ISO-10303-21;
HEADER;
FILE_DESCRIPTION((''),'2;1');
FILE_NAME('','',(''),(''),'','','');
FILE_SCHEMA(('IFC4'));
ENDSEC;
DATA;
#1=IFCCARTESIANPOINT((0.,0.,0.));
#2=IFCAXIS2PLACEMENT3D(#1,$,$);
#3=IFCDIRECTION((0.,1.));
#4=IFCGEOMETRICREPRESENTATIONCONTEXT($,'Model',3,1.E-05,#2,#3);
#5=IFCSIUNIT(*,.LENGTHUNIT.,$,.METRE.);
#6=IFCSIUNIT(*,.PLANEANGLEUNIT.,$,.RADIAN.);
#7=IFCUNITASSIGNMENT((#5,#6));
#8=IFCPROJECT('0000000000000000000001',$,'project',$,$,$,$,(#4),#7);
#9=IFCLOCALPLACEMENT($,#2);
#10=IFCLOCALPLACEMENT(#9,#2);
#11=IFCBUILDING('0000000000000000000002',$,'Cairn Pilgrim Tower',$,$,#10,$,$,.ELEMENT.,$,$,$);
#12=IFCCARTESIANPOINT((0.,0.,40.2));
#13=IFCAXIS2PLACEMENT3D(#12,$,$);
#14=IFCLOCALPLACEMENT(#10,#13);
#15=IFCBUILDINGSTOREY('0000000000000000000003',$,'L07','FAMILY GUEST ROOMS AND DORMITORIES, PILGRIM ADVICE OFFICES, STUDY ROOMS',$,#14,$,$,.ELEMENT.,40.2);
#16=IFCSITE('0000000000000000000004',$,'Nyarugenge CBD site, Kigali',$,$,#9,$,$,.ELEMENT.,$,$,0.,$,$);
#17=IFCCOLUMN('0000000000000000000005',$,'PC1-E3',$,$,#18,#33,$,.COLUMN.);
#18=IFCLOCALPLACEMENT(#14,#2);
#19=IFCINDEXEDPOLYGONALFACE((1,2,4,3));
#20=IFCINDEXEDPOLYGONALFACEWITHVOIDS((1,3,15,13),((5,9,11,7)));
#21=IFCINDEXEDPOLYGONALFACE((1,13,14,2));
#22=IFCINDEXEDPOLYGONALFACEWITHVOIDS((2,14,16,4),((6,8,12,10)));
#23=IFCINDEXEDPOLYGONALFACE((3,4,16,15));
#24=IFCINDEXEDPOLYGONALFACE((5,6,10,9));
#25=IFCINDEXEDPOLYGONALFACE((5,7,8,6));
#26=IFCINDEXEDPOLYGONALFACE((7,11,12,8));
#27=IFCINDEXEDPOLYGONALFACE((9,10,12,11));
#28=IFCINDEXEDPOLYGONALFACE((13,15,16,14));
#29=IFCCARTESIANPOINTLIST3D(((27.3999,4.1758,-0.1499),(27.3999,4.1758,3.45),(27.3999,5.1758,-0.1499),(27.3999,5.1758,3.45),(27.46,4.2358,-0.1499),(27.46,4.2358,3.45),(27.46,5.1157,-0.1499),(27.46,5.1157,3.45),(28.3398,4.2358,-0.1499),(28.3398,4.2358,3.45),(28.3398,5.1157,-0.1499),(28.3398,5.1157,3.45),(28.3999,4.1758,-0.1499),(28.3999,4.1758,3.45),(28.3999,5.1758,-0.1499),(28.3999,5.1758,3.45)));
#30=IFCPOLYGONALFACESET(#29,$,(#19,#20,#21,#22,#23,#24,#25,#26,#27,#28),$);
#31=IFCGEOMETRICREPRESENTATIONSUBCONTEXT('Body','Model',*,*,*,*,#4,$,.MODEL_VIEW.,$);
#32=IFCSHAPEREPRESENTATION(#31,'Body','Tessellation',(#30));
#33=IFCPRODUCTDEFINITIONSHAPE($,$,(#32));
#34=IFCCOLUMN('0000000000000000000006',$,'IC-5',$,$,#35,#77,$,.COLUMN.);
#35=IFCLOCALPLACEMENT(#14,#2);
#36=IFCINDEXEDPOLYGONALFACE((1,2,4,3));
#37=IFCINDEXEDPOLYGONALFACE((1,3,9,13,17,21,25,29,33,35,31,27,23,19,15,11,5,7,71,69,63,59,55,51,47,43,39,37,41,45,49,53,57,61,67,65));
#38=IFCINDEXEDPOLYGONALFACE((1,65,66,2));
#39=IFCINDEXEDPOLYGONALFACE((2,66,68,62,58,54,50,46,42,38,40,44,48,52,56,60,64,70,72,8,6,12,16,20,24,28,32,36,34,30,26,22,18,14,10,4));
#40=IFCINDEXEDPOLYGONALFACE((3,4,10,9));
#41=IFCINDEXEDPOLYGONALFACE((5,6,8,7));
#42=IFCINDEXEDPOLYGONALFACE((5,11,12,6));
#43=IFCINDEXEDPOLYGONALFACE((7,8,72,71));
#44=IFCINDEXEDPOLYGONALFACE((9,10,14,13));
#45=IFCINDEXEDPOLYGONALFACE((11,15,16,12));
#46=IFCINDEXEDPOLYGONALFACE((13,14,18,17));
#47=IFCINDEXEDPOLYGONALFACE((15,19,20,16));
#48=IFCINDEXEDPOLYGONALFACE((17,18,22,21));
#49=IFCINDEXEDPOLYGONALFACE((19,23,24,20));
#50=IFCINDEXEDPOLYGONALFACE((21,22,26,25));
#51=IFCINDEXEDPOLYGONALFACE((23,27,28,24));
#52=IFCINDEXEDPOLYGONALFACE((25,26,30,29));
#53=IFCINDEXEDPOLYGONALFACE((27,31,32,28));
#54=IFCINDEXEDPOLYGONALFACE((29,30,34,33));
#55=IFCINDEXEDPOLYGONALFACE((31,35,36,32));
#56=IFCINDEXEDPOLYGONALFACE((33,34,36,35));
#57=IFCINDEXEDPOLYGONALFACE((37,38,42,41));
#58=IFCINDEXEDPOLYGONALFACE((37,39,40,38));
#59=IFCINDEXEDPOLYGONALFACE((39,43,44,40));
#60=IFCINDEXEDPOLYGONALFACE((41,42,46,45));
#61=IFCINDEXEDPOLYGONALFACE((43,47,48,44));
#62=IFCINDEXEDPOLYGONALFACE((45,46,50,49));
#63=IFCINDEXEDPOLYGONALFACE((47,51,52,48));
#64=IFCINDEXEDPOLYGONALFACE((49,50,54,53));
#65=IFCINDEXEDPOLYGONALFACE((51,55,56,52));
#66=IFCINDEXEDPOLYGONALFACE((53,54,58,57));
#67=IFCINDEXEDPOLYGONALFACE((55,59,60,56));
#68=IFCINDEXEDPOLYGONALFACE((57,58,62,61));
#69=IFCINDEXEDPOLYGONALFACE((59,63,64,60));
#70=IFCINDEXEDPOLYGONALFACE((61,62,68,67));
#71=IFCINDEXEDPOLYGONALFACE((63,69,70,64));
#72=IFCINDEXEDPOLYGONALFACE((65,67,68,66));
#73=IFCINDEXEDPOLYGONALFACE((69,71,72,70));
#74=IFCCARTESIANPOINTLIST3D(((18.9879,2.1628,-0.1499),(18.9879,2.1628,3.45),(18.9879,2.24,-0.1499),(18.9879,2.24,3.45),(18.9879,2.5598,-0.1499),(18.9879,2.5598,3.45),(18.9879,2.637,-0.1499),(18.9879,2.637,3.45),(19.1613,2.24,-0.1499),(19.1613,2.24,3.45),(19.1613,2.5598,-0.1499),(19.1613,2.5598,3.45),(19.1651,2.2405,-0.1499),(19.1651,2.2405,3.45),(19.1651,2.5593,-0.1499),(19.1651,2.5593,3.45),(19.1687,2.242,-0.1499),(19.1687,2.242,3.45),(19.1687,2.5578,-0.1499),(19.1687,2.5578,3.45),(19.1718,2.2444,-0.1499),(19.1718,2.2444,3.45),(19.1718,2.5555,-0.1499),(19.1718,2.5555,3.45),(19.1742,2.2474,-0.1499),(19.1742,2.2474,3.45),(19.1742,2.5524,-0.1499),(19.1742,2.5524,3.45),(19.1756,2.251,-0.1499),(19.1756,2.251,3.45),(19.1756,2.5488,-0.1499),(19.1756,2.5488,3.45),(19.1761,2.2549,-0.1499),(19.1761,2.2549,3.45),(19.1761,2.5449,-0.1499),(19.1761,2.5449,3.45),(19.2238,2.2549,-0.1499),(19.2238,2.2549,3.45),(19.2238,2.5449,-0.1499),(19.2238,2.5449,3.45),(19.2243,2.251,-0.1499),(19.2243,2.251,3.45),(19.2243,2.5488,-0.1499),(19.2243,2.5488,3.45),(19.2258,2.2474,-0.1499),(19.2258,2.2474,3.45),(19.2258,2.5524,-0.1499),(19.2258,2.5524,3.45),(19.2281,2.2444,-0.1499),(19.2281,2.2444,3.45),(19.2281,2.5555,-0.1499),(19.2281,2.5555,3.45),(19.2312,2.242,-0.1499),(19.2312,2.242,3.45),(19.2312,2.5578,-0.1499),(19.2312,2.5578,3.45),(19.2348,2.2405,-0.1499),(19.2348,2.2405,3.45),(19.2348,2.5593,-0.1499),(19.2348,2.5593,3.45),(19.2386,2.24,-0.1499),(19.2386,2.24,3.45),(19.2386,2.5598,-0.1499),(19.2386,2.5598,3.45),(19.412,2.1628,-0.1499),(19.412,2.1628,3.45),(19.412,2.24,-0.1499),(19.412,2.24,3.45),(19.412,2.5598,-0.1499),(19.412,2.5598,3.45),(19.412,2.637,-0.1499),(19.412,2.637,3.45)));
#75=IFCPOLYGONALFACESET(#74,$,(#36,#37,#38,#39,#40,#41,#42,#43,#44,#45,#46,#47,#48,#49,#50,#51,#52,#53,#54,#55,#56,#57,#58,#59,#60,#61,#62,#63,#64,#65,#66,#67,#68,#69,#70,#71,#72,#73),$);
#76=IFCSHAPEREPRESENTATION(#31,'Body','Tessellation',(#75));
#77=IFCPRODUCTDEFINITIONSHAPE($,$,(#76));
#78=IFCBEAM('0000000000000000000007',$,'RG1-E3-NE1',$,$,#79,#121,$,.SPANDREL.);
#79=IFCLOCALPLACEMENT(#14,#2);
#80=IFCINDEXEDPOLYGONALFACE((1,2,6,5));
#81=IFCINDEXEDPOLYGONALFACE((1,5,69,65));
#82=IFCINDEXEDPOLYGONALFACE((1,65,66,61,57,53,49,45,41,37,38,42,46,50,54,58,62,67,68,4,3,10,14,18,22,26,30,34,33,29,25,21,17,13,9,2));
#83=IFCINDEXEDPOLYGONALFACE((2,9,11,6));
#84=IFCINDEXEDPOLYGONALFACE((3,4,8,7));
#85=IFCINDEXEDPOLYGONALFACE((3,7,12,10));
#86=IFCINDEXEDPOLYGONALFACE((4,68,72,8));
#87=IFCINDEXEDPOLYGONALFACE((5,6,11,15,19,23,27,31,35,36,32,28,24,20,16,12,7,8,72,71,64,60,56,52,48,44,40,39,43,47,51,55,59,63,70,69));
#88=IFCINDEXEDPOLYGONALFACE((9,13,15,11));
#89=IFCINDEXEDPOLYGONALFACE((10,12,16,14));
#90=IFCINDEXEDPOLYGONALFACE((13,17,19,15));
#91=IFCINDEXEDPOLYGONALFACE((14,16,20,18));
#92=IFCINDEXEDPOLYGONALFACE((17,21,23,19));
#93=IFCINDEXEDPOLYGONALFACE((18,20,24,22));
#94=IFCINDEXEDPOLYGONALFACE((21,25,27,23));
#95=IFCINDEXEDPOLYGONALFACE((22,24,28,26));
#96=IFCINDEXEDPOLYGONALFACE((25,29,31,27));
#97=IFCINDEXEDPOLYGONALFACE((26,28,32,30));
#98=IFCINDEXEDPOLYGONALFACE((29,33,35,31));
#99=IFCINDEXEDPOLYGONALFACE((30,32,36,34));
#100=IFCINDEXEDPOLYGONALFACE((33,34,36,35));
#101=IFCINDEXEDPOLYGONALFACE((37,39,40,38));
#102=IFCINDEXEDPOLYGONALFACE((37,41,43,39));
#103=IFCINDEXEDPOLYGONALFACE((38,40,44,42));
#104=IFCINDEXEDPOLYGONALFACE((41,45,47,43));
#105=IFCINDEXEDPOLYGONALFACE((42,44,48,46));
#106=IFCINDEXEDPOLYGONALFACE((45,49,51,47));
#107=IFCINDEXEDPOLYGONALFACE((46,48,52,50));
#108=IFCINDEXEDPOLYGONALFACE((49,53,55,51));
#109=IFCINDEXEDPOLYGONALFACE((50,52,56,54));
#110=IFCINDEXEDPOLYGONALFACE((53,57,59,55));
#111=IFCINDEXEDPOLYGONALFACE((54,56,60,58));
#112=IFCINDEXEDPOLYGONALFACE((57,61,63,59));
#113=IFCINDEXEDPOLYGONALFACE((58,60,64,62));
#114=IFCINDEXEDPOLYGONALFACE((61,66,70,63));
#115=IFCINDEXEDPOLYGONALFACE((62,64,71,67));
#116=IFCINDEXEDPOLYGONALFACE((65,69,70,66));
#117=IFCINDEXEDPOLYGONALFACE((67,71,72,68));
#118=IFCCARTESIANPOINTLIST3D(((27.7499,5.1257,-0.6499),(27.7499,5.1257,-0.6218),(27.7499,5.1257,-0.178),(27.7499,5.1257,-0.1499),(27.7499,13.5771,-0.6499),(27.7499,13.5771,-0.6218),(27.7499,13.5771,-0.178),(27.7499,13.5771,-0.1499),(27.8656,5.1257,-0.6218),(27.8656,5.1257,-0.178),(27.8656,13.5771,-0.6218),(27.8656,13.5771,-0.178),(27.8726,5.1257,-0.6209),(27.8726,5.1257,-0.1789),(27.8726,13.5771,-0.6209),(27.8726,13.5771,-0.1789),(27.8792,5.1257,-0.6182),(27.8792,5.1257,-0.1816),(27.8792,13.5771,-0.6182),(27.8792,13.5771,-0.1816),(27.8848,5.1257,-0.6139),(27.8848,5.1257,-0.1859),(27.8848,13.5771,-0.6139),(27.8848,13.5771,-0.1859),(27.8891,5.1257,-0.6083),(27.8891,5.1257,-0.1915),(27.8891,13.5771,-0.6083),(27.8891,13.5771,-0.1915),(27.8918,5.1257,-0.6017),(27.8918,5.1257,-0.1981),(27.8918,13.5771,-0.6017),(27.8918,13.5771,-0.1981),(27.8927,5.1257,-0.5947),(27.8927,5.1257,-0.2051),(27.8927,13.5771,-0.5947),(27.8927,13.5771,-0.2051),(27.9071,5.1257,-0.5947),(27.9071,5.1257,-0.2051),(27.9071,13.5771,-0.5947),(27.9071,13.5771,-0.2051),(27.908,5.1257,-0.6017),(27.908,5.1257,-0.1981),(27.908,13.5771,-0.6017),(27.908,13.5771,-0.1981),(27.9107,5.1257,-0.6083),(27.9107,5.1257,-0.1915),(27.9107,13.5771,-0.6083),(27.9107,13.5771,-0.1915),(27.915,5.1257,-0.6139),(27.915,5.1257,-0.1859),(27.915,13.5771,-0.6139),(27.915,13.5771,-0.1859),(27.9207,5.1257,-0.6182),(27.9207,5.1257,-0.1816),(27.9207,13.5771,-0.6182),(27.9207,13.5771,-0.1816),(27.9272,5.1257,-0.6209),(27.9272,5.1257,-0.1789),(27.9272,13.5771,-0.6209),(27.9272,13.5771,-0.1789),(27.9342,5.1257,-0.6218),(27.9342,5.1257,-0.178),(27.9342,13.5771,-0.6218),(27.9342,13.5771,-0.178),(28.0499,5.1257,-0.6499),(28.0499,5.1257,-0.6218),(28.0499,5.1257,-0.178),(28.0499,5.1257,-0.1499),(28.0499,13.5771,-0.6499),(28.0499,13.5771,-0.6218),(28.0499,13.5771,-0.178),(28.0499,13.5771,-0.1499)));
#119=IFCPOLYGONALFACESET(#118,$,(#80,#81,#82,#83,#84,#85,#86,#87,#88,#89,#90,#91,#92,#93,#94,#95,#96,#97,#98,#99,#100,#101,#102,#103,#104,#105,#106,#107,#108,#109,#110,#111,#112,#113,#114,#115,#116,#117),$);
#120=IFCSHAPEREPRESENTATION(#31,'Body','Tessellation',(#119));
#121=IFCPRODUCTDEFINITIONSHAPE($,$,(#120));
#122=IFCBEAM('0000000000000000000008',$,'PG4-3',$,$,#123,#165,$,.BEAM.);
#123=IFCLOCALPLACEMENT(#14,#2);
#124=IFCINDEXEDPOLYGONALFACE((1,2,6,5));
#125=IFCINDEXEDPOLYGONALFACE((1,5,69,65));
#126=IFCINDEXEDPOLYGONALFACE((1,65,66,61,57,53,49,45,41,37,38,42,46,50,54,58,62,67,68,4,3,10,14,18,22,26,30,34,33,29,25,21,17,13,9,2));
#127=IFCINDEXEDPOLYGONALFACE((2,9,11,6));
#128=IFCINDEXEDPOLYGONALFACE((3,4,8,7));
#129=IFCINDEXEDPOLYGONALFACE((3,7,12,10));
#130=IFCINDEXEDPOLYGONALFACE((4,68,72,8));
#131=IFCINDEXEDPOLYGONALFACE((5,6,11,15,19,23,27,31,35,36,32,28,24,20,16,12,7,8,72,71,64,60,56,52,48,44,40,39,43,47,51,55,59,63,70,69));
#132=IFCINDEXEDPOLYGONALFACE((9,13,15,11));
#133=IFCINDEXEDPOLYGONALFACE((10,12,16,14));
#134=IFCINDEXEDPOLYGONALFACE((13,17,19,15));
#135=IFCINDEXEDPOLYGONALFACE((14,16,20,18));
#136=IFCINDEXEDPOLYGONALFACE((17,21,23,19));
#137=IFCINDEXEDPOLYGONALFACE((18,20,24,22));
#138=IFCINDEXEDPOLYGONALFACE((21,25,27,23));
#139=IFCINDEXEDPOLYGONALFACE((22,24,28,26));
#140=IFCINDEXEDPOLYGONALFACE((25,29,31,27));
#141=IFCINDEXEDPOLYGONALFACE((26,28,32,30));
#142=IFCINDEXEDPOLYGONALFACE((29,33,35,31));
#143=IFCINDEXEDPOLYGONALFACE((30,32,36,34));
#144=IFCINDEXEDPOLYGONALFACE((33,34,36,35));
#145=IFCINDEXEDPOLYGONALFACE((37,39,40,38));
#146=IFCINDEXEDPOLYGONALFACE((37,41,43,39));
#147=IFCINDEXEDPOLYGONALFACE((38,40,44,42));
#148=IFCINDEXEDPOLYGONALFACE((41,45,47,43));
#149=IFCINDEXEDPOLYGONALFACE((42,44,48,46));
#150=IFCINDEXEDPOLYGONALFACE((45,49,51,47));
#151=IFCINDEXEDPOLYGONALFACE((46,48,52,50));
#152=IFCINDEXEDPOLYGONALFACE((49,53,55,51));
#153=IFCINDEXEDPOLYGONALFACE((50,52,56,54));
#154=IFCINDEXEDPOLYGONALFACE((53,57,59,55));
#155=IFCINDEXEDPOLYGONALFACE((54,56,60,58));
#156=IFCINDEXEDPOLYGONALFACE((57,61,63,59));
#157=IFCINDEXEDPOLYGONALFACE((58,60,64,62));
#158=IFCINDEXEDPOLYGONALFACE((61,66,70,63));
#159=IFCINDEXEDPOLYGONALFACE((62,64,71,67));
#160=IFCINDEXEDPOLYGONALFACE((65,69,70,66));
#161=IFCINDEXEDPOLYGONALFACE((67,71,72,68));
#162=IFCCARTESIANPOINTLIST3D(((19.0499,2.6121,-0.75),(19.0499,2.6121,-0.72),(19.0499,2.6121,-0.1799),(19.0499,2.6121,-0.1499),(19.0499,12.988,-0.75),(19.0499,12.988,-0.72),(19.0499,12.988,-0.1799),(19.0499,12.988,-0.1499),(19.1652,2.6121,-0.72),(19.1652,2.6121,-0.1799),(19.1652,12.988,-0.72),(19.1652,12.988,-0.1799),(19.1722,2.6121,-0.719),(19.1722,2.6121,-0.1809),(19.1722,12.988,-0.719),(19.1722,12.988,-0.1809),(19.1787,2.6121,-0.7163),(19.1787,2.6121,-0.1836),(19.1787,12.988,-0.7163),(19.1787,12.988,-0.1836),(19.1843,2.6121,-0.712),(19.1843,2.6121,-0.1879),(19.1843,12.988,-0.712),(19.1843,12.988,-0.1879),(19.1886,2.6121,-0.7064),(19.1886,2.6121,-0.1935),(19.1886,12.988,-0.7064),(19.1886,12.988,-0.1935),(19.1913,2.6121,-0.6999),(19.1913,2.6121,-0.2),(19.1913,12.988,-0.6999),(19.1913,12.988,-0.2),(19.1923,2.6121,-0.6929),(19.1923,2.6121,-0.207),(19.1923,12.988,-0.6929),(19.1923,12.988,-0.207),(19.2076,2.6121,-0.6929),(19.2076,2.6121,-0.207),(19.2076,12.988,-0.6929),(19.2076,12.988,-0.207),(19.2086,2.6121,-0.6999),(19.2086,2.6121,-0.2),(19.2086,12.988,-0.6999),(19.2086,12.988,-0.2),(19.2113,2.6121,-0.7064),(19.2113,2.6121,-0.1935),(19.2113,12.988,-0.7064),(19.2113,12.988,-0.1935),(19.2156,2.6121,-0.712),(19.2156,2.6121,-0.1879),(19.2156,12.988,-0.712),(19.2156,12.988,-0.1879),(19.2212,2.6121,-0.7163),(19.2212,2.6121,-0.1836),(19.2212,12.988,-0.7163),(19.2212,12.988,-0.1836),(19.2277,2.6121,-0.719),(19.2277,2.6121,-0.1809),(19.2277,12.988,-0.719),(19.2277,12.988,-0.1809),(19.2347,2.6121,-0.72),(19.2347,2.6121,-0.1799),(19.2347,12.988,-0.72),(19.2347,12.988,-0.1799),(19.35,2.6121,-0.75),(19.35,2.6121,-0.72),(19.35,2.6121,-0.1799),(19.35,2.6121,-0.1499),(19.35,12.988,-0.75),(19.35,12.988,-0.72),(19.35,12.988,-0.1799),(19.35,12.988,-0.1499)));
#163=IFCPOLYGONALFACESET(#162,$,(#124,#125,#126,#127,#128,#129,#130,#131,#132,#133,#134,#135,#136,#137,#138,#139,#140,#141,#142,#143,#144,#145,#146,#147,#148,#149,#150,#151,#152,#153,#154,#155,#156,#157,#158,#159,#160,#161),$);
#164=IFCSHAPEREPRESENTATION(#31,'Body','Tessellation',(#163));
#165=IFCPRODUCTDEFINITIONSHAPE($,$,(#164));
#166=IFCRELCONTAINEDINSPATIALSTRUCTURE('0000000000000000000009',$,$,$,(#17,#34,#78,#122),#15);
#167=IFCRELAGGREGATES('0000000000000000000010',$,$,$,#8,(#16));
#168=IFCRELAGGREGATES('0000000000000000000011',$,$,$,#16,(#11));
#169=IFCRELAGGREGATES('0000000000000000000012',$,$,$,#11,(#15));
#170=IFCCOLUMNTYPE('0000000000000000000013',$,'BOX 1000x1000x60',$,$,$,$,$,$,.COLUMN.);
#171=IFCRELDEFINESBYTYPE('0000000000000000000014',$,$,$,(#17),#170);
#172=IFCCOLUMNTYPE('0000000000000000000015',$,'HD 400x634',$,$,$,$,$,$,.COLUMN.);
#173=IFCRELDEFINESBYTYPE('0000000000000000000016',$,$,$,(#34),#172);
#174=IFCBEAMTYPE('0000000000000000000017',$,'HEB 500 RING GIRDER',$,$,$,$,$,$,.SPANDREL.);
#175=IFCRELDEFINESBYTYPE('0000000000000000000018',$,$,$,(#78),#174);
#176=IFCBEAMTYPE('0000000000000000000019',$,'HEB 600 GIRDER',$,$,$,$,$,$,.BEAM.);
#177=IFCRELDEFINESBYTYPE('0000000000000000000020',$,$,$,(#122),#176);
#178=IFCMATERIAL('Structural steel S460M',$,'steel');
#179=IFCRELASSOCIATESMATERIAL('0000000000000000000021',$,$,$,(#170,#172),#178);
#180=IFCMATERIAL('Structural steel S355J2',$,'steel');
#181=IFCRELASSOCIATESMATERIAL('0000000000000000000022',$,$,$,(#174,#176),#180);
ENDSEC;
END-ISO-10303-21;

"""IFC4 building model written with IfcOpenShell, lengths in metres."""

from ifc_helpers import new_model, si_unit, direction, frame, origin, origin_2d, place, context, subcontext, project, spatial, hollow_rectangle, i_section, extrude, material, material_profile, profile_set, type_object, element, save


model = new_model("IFC4")

# Units and contexts
model_context = context("Model", 3, precision=1e-05, world=origin(), true_north=direction((0.0, 1.0)))
body_context = subcontext(model_context, "Body", "Model", "MODEL_VIEW")
ifc_project = project(units=[si_unit("LENGTHUNIT", "METRE"), si_unit("PLANEANGLEUNIT", "RADIAN")], contexts=[model_context])

# Site, building, storey
site_placement = place(None, origin())
site = spatial("IfcSite", under=ifc_project, at=site_placement, Name="Nyarugenge CBD site, Kigali", CompositionType="ELEMENT", RefElevation=0.0)
building_placement = place(site_placement, origin())
building = spatial("IfcBuilding", under=site, at=building_placement, Name="Cairn Pilgrim Tower", CompositionType="ELEMENT")
storey_placement = place(building_placement, frame((0.0, 0.0, 40.2)))
storey = spatial("IfcBuildingStorey", under=building, at=storey_placement, Name="L07", Description="FAMILY GUEST ROOMS AND DORMITORIES, PILGRIM ADVICE OFFICES, STUDY ROOMS", CompositionType="ELEMENT", Elevation=40.2)

# Columns
ifc_material_1 = material(Name="Structural steel S460M", Category="steel")
ifc_material_profile_1 = material_profile(ifc_material_1, hollow_rectangle(XDim=1.0, YDim=1.0, WallThickness=0.0601, at=origin_2d()), Name="BOX 1000x1000x60")
ifc_profile_set_1 = profile_set([ifc_material_profile_1], Name="Structural steel S460M")
column_type_1 = type_object("IfcColumnType", Name="BOX 1000x1000x60", PredefinedType="COLUMN", material=ifc_profile_set_1)
column_1_placement = place(storey_placement, frame((27.8999, 4.6758, -0.1499), z_axis=(0.0, 0.0, 1.0), x_axis=(1.0, 0.0, 0.0)))
element("IfcColumn", 1, at=column_1_placement, inside=storey, type_object=column_type_1, Name="PC1-E3", PredefinedType="COLUMN", context=body_context, shape_type="SweptSolid", body=[
    extrude(hollow_rectangle(XDim=1.0, YDim=1.0, WallThickness=0.0601, at=origin_2d()), origin(), (0.0, 0.0, 1.0), 3.5999),
])
ifc_material_profile_2 = material_profile(ifc_material_1, i_section(OverallWidth=0.4241, OverallDepth=0.4741, WebThickness=0.0476, FlangeThickness=0.0771, FilletRadius=0.0149, at=origin_2d()), Name="HD 400x634")
ifc_profile_set_2 = profile_set([ifc_material_profile_2], Name="Structural steel S460M")
column_type_2 = type_object("IfcColumnType", Name="HD 400x634", PredefinedType="COLUMN", material=ifc_profile_set_2)
column_2_placement = place(storey_placement, frame((19.2, 2.3999, -0.1499), z_axis=(0.0, 0.0, 1.0), x_axis=(1.0, 0.0, 0.0)))
element("IfcColumn", 2, at=column_2_placement, inside=storey, type_object=column_type_2, Name="IC-5", PredefinedType="COLUMN", context=body_context, shape_type="SweptSolid", body=[
    extrude(i_section(OverallWidth=0.4241, OverallDepth=0.4741, WebThickness=0.0476, FlangeThickness=0.0771, FilletRadius=0.0149, at=origin_2d()), origin(), (0.0, 0.0, 1.0), 3.5999),
])

# Beams
ifc_material_2 = material(Name="Structural steel S355J2", Category="steel")
ifc_material_profile_3 = material_profile(ifc_material_2, i_section(OverallWidth=0.3, OverallDepth=0.5, WebThickness=0.0144, FlangeThickness=0.0281, FilletRadius=0.0271, at=origin_2d()), Name="HEB 500")
ifc_profile_set_3 = profile_set([ifc_material_profile_3], Name="Structural steel S355J2")
beam_type_1 = type_object("IfcBeamType", Name="HEB 500 RING GIRDER", PredefinedType="SPANDREL", material=ifc_profile_set_3)
beam_1_placement = place(storey_placement, frame((27.8999, 5.1257, -0.3999), z_axis=(0.0, 1.0, 0.0), x_axis=(-1.0, 0.0, 0.0)))
element("IfcBeam", 3, at=beam_1_placement, inside=storey, type_object=beam_type_1, Name="RG1-E3-NE1", PredefinedType="SPANDREL", context=body_context, shape_type="SweptSolid", body=[
    extrude(i_section(OverallWidth=0.3, OverallDepth=0.5, WebThickness=0.0144, FlangeThickness=0.0281, FilletRadius=0.0271, at=origin_2d()), origin(), (0.0, 0.0, 1.0), 8.4514),
])
ifc_material_profile_4 = material_profile(ifc_material_2, i_section(OverallWidth=0.3, OverallDepth=0.6001, WebThickness=0.0154, FlangeThickness=0.03, FilletRadius=0.0271, at=origin_2d()), Name="HEB 600")
ifc_profile_set_4 = profile_set([ifc_material_profile_4], Name="Structural steel S355J2")
beam_type_2 = type_object("IfcBeamType", Name="HEB 600 GIRDER", PredefinedType="BEAM", material=ifc_profile_set_4)
beam_2_placement = place(storey_placement, frame((19.2, 2.6121, -0.45), z_axis=(0.0, 1.0, 0.0), x_axis=(-1.0, 0.0, 0.0)))
element("IfcBeam", 4, at=beam_2_placement, inside=storey, type_object=beam_type_2, Name="PG4-3", PredefinedType="BEAM", context=body_context, shape_type="SweptSolid", body=[
    extrude(i_section(OverallWidth=0.3, OverallDepth=0.6001, WebThickness=0.0154, FlangeThickness=0.03, FilletRadius=0.0271, at=origin_2d()), origin(), (0.0, 0.0, 1.0), 10.376),
])

save(model, "model.ifc")
